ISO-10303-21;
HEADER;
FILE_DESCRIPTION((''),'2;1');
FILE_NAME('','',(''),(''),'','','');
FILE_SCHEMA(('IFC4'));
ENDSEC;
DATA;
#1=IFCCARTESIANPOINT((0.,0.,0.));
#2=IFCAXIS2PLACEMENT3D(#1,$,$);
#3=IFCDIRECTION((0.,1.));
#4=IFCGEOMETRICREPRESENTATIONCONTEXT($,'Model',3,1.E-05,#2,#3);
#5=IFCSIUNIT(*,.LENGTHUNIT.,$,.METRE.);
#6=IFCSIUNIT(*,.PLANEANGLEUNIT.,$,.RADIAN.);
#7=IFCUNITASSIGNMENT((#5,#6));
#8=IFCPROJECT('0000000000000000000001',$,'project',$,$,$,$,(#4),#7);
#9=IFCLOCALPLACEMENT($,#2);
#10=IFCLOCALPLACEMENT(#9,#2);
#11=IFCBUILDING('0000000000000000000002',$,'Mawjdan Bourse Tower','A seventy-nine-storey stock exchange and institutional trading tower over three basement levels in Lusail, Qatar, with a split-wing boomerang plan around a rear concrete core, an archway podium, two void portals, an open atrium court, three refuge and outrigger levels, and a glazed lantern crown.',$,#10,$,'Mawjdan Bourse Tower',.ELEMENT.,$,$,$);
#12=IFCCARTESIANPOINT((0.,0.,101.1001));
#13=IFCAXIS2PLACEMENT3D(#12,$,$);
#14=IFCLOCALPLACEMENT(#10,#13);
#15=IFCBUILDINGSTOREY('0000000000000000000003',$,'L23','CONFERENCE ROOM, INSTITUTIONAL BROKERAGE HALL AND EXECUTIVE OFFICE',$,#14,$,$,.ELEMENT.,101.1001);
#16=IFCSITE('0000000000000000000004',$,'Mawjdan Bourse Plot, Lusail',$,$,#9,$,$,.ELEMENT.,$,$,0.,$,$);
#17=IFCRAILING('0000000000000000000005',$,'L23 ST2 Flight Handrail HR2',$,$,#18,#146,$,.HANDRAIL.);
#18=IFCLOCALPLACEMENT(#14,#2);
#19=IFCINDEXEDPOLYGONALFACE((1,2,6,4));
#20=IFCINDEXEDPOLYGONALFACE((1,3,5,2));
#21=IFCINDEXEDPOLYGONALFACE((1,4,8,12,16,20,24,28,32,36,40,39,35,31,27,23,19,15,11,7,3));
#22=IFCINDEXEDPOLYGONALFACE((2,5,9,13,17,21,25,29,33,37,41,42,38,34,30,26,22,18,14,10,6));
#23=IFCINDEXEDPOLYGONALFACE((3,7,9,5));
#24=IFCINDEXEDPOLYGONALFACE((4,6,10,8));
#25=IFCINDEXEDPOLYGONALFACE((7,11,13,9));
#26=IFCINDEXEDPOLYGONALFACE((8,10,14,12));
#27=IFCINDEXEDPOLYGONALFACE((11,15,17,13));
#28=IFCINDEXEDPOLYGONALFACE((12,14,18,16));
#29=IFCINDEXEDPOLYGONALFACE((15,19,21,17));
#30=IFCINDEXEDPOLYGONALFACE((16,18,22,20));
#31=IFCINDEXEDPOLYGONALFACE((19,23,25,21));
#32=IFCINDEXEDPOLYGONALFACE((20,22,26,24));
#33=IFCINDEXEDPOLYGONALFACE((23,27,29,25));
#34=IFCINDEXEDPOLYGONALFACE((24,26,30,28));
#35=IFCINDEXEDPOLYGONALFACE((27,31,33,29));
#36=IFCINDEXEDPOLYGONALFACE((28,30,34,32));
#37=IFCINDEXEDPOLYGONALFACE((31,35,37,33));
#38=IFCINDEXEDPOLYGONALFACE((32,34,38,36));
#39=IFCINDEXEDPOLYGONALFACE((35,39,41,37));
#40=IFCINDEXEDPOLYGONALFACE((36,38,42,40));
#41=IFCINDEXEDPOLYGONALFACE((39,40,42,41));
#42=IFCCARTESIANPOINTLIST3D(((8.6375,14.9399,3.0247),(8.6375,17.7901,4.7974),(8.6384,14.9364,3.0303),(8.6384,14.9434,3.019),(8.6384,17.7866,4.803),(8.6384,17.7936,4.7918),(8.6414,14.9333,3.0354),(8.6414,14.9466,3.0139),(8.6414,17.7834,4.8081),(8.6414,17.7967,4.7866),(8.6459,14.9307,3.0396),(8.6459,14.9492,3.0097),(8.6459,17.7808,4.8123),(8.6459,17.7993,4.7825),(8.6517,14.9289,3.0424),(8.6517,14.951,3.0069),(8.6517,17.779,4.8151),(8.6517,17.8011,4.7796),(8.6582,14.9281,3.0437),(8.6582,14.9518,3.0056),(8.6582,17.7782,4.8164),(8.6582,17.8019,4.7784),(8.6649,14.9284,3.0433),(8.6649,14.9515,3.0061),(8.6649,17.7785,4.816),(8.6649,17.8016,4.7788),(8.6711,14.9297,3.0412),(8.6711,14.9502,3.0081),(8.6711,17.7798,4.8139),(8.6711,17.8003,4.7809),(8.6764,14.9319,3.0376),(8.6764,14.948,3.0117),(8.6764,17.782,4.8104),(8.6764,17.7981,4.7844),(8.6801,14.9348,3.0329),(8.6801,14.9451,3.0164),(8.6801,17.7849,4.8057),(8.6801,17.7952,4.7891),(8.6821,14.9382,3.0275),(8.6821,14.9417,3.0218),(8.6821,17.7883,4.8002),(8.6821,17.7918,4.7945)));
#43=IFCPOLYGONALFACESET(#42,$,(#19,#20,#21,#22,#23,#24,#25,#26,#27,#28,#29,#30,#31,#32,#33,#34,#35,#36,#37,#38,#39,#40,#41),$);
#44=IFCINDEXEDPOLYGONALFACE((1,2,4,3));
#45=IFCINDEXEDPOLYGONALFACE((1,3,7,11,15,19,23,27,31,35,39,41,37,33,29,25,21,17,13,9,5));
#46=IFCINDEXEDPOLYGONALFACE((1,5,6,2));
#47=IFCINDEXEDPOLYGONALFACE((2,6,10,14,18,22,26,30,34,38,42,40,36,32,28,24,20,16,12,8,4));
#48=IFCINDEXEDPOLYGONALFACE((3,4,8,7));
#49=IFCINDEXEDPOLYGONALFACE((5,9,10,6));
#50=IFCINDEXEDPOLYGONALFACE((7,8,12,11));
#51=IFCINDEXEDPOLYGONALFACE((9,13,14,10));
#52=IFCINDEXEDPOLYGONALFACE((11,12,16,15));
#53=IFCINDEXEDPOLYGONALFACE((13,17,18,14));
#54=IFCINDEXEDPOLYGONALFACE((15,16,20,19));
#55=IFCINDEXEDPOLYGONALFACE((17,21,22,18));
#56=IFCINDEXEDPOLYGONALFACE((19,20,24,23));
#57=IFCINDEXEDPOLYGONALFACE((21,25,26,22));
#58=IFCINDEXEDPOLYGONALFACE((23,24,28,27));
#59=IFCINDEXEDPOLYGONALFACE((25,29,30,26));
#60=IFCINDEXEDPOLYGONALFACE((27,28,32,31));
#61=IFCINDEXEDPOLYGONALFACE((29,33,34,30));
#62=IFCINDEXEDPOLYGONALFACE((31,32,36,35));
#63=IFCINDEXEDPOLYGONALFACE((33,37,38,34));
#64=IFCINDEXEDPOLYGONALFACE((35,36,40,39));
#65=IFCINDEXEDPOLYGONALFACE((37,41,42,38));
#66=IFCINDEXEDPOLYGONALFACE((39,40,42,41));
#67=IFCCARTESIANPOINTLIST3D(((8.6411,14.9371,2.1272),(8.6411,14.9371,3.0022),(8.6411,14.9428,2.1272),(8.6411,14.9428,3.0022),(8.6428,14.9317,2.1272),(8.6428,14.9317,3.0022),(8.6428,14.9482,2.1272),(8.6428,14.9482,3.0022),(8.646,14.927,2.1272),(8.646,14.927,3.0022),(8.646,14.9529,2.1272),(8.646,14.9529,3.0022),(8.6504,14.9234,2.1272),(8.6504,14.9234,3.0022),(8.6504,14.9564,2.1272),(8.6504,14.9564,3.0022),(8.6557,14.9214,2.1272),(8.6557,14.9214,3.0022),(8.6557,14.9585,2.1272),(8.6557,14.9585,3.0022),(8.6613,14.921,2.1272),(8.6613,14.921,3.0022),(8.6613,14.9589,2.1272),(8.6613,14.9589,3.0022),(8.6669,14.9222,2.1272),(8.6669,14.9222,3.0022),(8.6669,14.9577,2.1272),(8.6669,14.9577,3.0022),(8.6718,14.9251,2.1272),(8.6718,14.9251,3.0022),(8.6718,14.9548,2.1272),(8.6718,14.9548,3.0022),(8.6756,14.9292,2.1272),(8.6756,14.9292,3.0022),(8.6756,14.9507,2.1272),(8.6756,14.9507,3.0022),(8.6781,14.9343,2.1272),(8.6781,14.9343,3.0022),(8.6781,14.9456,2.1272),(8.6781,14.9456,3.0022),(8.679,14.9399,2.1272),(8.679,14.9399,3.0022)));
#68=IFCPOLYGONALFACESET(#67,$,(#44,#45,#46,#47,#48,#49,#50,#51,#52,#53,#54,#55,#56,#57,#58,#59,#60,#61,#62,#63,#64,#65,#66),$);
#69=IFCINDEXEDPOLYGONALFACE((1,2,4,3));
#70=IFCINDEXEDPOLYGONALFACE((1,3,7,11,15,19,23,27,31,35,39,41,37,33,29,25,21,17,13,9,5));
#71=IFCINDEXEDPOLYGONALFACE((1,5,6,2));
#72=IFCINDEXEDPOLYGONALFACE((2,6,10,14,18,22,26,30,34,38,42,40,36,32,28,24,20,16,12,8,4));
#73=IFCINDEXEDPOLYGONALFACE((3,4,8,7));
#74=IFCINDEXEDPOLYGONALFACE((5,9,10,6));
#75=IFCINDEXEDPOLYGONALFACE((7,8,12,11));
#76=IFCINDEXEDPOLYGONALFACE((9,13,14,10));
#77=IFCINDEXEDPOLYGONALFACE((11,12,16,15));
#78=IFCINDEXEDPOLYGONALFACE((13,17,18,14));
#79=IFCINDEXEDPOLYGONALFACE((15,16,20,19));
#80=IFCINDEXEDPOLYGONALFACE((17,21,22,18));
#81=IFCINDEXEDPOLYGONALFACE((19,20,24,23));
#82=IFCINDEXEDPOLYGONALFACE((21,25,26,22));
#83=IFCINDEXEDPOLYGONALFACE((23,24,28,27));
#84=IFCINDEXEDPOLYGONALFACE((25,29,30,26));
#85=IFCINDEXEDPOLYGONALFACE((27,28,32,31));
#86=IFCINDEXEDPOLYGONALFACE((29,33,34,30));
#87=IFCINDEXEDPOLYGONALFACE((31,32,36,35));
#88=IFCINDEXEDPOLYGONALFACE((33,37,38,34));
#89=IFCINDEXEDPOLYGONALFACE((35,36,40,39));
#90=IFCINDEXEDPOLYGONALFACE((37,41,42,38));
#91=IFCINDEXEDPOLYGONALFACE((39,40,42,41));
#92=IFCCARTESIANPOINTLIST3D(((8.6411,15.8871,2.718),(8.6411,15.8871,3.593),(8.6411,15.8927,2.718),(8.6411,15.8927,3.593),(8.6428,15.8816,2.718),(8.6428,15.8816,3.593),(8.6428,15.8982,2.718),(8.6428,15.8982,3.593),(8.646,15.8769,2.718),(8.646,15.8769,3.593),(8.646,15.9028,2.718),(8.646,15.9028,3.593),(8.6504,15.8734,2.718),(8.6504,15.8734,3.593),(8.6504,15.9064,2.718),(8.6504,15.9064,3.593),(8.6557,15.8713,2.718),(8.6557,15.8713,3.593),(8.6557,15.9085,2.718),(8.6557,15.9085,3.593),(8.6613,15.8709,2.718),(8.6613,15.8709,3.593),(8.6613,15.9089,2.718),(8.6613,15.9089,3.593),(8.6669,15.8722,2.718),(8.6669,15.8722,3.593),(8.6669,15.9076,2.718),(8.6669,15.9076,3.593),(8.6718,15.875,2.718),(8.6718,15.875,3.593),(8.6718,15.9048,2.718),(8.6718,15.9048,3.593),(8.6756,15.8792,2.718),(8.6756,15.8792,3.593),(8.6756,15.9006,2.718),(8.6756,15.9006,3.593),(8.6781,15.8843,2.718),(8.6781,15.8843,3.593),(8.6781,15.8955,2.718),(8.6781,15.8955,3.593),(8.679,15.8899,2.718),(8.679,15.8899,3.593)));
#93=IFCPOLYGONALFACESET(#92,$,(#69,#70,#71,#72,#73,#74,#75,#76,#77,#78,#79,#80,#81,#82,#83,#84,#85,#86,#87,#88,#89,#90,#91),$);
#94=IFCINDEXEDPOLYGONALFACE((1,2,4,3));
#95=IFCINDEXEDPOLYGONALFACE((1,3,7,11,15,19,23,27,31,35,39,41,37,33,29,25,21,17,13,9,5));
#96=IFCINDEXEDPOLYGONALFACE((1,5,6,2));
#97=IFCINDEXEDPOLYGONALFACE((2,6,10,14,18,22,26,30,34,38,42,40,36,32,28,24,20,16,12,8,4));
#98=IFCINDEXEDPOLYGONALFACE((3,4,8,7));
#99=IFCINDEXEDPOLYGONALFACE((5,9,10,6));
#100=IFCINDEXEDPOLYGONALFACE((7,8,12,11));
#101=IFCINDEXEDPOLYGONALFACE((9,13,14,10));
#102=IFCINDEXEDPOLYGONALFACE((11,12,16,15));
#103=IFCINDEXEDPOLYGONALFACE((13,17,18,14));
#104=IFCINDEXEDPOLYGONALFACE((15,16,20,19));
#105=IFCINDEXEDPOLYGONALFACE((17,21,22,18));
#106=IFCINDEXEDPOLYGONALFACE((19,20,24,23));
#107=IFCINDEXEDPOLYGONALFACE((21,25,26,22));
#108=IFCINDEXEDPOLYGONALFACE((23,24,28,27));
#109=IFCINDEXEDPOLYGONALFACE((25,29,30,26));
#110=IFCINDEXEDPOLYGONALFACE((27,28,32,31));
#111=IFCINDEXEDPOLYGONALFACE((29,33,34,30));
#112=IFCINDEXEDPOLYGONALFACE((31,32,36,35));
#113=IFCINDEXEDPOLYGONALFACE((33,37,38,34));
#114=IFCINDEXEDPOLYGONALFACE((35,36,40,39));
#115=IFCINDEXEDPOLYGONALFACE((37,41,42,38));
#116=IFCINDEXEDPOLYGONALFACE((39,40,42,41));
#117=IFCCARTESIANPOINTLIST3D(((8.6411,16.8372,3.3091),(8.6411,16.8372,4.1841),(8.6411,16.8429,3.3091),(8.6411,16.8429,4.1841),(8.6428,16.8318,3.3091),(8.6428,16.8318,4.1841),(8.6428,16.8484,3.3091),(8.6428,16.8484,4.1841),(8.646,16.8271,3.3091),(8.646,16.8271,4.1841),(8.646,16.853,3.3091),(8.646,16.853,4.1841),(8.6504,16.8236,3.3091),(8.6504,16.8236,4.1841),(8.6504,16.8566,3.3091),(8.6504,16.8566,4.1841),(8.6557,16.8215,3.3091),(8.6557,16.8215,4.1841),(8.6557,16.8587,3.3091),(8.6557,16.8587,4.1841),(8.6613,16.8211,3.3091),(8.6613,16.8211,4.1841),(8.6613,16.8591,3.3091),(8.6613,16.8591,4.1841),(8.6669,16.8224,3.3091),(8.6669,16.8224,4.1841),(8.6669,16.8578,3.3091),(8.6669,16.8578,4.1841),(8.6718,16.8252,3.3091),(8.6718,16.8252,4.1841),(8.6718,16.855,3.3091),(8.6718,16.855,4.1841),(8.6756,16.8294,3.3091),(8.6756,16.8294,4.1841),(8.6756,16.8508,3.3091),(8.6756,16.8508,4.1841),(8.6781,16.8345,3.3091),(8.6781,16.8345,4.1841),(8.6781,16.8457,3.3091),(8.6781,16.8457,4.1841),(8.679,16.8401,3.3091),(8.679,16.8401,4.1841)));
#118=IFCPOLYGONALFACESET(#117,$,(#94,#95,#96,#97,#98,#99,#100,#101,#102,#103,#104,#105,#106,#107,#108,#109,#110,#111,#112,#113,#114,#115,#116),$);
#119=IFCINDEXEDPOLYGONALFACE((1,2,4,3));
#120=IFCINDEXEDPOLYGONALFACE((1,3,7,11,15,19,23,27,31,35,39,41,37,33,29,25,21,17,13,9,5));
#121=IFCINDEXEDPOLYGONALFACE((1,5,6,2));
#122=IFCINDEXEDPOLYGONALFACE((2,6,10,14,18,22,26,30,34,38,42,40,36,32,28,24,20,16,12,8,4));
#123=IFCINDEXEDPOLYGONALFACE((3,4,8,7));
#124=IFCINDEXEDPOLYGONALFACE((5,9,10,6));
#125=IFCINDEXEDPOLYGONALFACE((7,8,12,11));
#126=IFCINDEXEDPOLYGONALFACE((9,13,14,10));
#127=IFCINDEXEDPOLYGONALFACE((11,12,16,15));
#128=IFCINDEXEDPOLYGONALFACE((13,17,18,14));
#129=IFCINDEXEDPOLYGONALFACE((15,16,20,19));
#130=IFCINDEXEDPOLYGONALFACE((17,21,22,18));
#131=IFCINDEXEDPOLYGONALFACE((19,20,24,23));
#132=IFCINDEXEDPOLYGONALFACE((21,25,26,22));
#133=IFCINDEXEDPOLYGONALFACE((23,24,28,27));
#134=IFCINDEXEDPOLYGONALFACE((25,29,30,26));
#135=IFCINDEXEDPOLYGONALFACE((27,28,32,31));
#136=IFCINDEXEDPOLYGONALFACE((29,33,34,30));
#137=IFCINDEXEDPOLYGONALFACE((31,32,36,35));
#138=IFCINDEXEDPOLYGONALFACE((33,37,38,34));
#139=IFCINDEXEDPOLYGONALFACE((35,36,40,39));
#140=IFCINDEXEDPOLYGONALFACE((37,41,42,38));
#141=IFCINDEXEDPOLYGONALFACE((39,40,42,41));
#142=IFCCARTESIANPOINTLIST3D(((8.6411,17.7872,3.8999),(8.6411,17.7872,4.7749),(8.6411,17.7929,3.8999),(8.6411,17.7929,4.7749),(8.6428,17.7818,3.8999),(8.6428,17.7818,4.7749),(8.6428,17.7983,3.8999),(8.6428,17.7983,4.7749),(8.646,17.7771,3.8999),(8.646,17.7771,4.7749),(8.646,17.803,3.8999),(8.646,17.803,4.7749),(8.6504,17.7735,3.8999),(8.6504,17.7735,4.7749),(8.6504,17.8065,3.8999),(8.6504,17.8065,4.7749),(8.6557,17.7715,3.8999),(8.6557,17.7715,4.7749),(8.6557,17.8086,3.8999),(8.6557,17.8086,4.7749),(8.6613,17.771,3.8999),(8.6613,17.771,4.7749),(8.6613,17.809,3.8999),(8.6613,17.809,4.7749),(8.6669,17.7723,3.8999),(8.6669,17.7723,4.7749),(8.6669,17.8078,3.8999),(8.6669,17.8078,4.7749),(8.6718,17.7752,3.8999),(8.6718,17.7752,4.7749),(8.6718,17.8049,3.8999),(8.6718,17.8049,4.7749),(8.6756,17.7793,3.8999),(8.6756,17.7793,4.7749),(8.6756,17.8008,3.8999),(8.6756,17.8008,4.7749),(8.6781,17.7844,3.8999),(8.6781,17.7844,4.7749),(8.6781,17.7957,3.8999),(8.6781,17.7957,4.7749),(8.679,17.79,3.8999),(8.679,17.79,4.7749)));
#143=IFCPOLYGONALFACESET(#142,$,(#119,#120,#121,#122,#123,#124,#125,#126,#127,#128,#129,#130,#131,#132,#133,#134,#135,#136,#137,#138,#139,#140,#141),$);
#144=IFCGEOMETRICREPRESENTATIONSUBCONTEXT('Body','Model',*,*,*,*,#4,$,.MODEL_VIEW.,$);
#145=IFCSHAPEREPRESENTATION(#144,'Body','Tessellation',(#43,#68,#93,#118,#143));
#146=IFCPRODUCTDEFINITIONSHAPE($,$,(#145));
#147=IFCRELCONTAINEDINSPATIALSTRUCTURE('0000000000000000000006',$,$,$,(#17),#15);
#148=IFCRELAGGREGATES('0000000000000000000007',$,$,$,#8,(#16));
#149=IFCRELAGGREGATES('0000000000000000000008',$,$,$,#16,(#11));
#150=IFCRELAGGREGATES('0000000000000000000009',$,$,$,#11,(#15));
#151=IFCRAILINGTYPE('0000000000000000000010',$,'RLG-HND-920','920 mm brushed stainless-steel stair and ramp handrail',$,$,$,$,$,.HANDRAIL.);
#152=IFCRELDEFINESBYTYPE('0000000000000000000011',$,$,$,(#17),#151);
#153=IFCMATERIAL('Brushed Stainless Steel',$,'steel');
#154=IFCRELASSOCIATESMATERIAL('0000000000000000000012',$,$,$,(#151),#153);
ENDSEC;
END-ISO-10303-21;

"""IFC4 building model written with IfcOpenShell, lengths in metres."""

from ifc_helpers import new_model, si_unit, direction, frame, origin, origin_2d, place, context, subcontext, project, spatial, circle, extrude, material, type_object, element, save


model = new_model("IFC4")

# Units and contexts
model_context = context("Model", 3, precision=1e-05, world=origin(), true_north=direction((0.0, 1.0)))
body_context = subcontext(model_context, "Body", "Model", "MODEL_VIEW")
ifc_project = project(units=[si_unit("LENGTHUNIT", "METRE"), si_unit("PLANEANGLEUNIT", "RADIAN")], contexts=[model_context])

# Site, building, storey
site_placement = place(None, origin())
site = spatial("IfcSite", under=ifc_project, at=site_placement, Name="Mawjdan Bourse Plot, Lusail", CompositionType="ELEMENT", RefElevation=0.0)
building_placement = place(site_placement, origin())
building = spatial("IfcBuilding", under=site, at=building_placement, Name="Mawjdan Bourse Tower", Description="A seventy-nine-storey stock exchange and institutional trading tower over three basement levels in Lusail, Qatar, with a split-wing boomerang plan around a rear concrete core, an archway podium, two void portals, an open atrium court, three refuge and outrigger levels, and a glazed lantern crown.", LongName="Mawjdan Bourse Tower", CompositionType="ELEMENT")
storey_placement = place(building_placement, frame((0.0, 0.0, 101.1001)))
storey = spatial("IfcBuildingStorey", under=building, at=storey_placement, Name="L23", Description="CONFERENCE ROOM, INSTITUTIONAL BROKERAGE HALL AND EXECUTIVE OFFICE", CompositionType="ELEMENT", Elevation=101.1001)

# Railing
ifc_material_1 = material(Name="Brushed Stainless Steel", Category="steel")
railing_type_1 = type_object("IfcRailingType", Name="RLG-HND-920", Description="920 mm brushed stainless-steel stair and ramp handrail", PredefinedType="HANDRAIL", material=ifc_material_1)
railing_1_placement = place(storey_placement, frame((8.6599, 14.9399, 2.1272)))
element("IfcRailing", 1, at=railing_1_placement, inside=storey, type_object=railing_type_1, Name="L23 ST2 Flight Handrail HR2", PredefinedType="HANDRAIL", context=body_context, shape_type="SweptSolid", body=[
    extrude(circle(Radius=0.0225, at=origin_2d()), frame((0.0, 0.0, 0.8975), z_axis=(0.0, 0.849149, 0.528154), x_axis=(-1.0, 0.0, 0.0)), (0.0, 0.0, 1.0), 3.3564),
    extrude(circle(Radius=0.019, at=origin_2d()), origin(), (0.0, 0.0, 1.0), 0.875),
    extrude(circle(Radius=0.019, at=origin_2d()), frame((0.0, 0.95, 0.5908)), (0.0, 0.0, 1.0), 0.875),
    extrude(circle(Radius=0.019, at=origin_2d()), frame((0.0, 1.9001, 1.1819)), (0.0, 0.0, 1.0), 0.875),
    extrude(circle(Radius=0.019, at=origin_2d()), frame((0.0, 2.8501, 1.7727)), (0.0, 0.0, 1.0), 0.875),
])

save(model, "model.ifc")
